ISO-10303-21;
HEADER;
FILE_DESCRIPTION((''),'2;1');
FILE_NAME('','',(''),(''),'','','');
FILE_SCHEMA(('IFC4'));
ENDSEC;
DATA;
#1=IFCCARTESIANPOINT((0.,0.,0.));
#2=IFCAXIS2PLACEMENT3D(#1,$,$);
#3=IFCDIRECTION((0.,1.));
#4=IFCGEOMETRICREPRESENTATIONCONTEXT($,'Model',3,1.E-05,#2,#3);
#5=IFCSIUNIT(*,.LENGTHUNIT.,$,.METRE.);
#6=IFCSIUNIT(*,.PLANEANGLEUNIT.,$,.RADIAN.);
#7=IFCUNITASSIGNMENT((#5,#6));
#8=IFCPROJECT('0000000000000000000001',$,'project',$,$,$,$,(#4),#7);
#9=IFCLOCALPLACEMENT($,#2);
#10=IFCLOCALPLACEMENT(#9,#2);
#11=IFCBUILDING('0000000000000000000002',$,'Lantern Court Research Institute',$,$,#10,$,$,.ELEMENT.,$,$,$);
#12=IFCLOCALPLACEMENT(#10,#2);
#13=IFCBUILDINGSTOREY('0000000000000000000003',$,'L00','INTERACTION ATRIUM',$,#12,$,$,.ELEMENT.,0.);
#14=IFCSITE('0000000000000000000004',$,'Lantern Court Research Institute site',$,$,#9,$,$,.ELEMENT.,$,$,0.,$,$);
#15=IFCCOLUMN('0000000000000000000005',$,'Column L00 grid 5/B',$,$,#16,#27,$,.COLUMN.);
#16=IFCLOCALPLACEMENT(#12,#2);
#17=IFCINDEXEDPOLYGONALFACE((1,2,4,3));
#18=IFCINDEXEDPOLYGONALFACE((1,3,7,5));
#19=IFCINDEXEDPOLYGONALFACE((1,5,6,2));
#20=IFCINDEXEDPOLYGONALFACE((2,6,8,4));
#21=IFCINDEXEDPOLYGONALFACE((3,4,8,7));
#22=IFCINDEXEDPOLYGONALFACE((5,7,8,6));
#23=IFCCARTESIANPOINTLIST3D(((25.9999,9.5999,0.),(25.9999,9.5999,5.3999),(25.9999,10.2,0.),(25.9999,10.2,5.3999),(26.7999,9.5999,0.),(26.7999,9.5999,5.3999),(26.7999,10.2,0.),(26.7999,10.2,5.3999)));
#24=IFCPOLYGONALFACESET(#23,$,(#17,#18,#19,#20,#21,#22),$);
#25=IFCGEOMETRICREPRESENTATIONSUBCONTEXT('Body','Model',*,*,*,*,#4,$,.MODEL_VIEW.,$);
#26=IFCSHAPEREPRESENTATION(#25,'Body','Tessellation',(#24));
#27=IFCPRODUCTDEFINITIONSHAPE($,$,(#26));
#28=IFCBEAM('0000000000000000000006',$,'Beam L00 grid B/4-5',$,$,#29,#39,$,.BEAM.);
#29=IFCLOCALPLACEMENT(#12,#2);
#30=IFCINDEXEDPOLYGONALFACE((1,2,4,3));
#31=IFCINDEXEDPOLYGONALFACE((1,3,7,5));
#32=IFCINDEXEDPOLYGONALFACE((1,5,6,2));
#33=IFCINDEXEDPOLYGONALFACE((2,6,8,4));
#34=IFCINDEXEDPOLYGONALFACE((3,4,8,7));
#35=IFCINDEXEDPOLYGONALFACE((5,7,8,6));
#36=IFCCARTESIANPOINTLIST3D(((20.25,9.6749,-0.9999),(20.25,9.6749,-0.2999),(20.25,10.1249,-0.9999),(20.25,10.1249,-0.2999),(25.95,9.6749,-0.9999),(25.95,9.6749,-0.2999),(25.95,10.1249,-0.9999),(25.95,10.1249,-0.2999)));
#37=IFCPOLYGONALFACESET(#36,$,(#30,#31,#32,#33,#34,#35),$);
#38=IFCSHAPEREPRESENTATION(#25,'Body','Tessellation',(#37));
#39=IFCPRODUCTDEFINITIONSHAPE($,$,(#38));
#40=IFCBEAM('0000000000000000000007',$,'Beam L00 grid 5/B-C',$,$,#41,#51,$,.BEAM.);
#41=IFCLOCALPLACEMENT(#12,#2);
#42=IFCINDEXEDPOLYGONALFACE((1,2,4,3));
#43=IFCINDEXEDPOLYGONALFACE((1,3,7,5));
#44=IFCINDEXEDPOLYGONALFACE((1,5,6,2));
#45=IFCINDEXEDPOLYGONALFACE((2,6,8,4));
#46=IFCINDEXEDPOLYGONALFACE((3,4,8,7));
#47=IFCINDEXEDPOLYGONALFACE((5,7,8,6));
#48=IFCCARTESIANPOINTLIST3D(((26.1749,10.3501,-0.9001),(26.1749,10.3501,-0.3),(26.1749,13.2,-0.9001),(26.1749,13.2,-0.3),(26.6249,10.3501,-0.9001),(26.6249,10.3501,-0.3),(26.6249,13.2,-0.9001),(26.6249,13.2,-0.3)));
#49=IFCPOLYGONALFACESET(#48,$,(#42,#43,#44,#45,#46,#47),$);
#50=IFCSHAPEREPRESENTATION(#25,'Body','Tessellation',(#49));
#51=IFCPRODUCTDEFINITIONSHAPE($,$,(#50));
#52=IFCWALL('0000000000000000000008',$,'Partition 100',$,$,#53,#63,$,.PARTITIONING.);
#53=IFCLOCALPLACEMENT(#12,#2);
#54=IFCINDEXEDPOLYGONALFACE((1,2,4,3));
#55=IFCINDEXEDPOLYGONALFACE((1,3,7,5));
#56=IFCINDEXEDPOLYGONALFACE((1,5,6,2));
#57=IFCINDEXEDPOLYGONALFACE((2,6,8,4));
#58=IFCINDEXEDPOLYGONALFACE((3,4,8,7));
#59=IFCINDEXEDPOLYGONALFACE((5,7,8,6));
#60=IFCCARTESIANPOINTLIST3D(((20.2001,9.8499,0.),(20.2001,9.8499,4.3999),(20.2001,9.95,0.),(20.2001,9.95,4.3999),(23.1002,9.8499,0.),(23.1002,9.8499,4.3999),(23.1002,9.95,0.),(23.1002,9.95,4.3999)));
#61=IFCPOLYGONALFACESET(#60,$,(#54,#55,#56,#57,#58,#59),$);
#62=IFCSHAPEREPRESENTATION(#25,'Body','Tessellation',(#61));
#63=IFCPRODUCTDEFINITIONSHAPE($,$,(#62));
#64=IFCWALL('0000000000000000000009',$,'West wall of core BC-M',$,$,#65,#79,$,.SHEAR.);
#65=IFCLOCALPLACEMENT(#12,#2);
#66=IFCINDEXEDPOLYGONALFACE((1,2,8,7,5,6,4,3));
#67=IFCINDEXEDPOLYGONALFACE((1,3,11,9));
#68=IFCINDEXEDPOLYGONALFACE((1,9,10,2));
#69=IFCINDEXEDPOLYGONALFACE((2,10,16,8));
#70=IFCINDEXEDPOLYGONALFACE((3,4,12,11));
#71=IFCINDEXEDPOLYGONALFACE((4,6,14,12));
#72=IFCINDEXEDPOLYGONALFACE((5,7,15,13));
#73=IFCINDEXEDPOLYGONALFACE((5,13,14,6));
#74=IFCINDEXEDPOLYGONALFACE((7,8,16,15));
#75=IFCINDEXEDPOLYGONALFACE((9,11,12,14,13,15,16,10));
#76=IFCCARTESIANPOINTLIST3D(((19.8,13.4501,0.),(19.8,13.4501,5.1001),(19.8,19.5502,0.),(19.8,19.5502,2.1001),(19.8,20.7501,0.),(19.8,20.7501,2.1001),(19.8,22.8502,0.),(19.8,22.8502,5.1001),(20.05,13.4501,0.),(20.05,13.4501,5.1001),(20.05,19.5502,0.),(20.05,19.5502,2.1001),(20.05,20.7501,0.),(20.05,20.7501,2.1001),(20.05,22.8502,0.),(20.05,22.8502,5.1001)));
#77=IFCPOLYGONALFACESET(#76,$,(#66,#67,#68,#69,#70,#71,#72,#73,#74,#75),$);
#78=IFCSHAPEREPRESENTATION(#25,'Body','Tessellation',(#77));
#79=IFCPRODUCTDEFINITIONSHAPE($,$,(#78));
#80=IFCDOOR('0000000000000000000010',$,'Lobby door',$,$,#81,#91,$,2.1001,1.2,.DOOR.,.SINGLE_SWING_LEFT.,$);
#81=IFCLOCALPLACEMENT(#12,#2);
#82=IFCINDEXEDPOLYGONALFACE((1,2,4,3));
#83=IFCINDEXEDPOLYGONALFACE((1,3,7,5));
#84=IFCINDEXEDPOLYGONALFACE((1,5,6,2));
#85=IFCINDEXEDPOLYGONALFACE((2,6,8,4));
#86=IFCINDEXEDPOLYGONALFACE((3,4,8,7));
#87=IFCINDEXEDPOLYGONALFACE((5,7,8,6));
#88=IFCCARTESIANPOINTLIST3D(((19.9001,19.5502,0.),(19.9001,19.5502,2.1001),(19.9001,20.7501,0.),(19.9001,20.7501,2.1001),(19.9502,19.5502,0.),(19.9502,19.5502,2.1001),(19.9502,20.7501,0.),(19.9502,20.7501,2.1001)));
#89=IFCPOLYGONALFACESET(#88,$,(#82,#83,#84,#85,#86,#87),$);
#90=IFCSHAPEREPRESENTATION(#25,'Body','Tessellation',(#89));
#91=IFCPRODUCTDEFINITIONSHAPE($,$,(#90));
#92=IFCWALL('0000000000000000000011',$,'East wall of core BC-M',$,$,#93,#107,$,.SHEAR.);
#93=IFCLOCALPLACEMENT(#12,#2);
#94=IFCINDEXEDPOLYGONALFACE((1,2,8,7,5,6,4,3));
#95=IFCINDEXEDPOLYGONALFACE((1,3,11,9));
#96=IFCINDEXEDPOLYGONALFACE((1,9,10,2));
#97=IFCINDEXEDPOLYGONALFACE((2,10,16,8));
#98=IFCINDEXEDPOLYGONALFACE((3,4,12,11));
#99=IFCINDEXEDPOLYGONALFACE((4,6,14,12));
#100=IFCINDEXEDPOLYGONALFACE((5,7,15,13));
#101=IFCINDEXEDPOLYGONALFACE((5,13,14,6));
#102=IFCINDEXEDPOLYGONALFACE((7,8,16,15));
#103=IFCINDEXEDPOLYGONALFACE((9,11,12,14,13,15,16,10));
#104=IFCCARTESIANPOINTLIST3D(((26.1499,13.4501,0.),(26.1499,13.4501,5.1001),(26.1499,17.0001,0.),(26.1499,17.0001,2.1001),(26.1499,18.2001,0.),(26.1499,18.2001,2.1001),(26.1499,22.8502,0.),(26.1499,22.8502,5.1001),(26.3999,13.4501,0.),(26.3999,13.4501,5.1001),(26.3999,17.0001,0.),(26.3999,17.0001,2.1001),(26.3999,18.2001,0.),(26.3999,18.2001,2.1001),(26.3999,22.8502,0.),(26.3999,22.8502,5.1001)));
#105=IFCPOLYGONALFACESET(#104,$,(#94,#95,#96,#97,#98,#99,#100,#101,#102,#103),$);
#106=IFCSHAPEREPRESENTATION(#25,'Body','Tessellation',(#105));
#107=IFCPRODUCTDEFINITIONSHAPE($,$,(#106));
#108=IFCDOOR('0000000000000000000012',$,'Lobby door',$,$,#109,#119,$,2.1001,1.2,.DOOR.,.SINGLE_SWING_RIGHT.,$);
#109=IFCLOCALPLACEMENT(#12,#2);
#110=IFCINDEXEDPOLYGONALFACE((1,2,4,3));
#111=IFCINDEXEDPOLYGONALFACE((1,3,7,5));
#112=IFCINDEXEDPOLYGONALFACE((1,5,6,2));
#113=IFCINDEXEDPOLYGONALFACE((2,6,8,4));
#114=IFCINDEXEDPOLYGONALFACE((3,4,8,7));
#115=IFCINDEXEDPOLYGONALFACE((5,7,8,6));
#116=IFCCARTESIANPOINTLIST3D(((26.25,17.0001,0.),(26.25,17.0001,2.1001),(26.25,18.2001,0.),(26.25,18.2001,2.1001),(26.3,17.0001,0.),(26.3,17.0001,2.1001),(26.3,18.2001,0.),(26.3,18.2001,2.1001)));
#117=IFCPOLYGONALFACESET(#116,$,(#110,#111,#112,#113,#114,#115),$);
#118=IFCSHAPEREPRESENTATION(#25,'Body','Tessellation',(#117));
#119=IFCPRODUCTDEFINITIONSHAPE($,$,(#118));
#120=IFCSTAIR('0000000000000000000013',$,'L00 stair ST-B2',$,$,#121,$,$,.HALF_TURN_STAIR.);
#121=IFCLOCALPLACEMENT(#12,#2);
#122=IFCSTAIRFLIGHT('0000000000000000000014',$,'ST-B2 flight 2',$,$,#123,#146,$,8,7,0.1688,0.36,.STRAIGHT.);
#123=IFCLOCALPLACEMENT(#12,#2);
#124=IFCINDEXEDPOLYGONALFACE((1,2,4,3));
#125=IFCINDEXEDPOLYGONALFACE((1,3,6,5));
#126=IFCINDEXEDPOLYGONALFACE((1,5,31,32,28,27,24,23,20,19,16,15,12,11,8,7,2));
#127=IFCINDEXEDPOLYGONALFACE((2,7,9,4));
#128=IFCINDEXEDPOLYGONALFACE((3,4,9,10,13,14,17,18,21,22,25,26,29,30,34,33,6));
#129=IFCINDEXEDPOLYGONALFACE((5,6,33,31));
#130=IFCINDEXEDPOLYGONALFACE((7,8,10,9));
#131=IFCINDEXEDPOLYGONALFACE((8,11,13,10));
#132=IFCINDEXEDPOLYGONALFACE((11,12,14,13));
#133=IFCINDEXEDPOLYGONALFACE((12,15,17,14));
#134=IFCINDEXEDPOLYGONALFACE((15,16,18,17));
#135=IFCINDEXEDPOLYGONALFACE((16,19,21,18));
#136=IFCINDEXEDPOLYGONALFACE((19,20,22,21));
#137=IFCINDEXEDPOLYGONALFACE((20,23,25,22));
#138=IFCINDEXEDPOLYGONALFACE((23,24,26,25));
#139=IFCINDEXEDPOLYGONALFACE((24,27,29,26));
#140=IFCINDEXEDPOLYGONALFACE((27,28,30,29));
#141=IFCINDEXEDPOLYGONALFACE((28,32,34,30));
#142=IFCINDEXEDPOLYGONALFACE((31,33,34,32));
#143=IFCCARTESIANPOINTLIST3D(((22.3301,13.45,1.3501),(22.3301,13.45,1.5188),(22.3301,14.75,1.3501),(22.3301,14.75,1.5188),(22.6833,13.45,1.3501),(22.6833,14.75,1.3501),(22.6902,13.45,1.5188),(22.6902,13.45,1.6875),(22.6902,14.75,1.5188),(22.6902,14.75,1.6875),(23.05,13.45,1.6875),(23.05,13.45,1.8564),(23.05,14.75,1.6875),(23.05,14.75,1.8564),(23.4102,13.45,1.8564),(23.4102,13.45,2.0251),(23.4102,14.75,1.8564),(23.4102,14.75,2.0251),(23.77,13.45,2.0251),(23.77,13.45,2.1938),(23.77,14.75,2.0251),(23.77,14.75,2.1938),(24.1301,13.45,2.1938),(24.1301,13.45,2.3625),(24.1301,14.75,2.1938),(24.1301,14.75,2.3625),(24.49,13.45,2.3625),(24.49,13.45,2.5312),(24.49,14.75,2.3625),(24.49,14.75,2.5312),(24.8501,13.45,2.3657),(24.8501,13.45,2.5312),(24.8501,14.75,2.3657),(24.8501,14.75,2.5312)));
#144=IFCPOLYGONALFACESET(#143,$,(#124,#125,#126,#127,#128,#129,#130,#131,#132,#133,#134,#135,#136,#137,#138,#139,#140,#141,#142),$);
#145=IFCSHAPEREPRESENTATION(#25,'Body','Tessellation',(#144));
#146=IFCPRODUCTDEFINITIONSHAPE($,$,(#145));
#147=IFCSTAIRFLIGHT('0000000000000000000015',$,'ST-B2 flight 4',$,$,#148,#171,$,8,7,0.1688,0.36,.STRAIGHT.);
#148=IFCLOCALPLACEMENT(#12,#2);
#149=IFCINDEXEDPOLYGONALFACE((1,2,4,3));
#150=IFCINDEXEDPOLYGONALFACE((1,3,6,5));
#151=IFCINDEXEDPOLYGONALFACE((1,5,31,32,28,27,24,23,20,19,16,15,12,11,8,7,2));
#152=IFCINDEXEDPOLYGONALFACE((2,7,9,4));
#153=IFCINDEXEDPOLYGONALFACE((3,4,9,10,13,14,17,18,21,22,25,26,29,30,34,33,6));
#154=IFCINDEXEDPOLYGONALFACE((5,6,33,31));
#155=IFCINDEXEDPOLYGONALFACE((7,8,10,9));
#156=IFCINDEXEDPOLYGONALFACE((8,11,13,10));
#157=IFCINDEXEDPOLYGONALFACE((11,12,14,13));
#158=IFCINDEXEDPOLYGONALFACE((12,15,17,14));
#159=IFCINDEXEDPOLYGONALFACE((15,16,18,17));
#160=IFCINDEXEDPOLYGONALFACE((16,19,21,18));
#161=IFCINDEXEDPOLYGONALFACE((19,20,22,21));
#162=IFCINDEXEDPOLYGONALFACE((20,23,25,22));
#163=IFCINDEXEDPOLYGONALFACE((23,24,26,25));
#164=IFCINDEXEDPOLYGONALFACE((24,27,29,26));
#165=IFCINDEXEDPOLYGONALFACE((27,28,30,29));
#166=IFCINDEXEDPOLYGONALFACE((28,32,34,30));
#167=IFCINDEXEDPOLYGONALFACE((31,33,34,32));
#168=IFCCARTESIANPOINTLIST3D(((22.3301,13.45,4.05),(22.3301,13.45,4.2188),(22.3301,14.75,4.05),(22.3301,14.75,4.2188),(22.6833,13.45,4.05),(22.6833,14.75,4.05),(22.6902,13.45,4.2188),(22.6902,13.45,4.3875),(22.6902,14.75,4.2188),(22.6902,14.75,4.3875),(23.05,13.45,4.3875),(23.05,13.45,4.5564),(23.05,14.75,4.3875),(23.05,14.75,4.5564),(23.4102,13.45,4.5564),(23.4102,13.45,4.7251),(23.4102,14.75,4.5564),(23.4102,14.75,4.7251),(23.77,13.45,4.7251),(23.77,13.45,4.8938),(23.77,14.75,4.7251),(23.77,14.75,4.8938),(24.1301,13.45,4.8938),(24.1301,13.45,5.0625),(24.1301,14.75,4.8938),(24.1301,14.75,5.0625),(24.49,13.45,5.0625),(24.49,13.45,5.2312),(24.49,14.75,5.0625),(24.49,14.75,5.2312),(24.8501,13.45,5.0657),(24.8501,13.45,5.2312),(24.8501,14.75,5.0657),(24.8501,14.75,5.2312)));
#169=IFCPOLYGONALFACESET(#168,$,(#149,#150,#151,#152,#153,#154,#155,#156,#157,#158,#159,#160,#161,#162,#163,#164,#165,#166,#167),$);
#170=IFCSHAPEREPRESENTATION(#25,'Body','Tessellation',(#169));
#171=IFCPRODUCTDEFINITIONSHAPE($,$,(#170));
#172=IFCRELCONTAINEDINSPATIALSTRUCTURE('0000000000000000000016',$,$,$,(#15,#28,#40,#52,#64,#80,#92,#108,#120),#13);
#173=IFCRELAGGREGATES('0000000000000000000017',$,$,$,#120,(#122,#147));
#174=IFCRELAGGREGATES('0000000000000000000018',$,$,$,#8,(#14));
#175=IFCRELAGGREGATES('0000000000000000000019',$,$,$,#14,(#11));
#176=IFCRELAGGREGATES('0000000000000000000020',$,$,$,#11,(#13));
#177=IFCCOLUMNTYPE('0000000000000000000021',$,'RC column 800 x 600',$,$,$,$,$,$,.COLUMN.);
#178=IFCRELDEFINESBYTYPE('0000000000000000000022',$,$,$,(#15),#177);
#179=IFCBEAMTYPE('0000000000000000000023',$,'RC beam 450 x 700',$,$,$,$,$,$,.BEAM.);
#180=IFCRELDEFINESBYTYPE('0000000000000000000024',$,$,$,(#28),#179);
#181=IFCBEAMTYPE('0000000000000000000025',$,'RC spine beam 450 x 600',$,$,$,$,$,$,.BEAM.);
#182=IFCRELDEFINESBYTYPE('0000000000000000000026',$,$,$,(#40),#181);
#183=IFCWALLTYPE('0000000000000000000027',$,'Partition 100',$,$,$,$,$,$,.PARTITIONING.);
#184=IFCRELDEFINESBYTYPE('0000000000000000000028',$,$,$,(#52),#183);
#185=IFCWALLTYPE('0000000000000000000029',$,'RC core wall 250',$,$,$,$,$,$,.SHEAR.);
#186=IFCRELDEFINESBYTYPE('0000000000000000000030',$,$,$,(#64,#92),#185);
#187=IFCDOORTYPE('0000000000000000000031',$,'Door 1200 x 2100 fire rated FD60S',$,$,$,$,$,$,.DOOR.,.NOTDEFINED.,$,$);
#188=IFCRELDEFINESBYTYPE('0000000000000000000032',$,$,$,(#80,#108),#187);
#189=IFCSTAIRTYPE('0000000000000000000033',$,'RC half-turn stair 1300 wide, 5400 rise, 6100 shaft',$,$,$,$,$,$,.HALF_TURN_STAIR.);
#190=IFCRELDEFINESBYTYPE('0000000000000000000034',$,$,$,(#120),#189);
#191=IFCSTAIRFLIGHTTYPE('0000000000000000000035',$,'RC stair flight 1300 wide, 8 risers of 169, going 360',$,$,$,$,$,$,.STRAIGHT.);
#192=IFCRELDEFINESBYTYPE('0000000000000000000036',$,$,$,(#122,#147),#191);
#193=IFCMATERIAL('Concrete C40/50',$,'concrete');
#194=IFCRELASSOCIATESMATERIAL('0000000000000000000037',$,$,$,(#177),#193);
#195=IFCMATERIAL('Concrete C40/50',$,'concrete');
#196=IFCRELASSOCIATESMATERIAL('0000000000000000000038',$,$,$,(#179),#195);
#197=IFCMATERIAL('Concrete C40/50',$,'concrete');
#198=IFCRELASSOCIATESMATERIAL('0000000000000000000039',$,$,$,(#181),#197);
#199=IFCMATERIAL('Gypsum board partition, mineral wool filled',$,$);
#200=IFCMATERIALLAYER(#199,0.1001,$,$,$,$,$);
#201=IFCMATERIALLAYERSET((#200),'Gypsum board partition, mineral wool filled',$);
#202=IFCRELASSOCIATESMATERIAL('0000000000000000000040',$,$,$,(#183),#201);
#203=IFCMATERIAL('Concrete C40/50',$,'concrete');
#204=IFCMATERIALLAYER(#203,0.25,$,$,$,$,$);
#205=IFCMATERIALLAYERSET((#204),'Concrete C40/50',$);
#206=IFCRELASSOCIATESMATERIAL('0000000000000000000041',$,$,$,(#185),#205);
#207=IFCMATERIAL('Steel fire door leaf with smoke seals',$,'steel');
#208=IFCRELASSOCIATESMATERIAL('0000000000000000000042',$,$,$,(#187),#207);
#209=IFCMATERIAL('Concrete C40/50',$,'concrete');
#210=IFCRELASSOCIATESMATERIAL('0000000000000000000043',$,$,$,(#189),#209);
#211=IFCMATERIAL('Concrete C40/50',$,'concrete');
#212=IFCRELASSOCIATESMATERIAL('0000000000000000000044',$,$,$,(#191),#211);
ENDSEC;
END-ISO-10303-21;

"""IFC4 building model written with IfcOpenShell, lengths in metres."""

from ifc_helpers import new_model, si_unit, direction, frame, frame_2d, origin, origin_2d, place, context, subcontext, project, spatial, polyline, rectangle, outline, extrude, material, layer, layer_set, material_profile, profile_set, type_object, element, fill, aggregate, save


model = new_model("IFC4")

# Units and contexts
model_context = context("Model", 3, precision=1e-05, world=origin(), true_north=direction((0.0, 1.0)))
body_context = subcontext(model_context, "Body", "Model", "MODEL_VIEW")
ifc_project = project(units=[si_unit("LENGTHUNIT", "METRE"), si_unit("PLANEANGLEUNIT", "RADIAN")], contexts=[model_context])

# Site, building, storey
site_placement = place(None, origin())
site = spatial("IfcSite", under=ifc_project, at=site_placement, Name="Lantern Court Research Institute site", CompositionType="ELEMENT", RefElevation=0.0)
building_placement = place(site_placement, origin())
building = spatial("IfcBuilding", under=site, at=building_placement, Name="Lantern Court Research Institute", CompositionType="ELEMENT")
storey_placement = place(building_placement, origin())
storey = spatial("IfcBuildingStorey", under=building, at=storey_placement, Name="L00", Description="INTERACTION ATRIUM", CompositionType="ELEMENT", Elevation=0.0)

# Column
ifc_material_1 = material(Name="Concrete C40/50", Category="concrete")
ifc_material_profile_1 = material_profile(ifc_material_1, rectangle(XDim=0.8, YDim=0.6001, at=origin_2d()), Name="RC column 800 x 600")
ifc_profile_set_1 = profile_set([ifc_material_profile_1], Name="Concrete C40/50")
column_type = type_object("IfcColumnType", Name="RC column 800 x 600", PredefinedType="COLUMN", material=ifc_profile_set_1)
column_placement = place(storey_placement, frame((26.3999, 9.8999, 0.0), z_axis=(0.0, 0.0, 1.0), x_axis=(1.0, 0.0, 0.0)))
element("IfcColumn", 1, at=column_placement, inside=storey, type_object=column_type, Name="Column L00 grid 5/B", PredefinedType="COLUMN", context=body_context, shape_type="SweptSolid", body=[
    extrude(rectangle(XDim=0.8, YDim=0.6001, at=origin_2d()), origin(), (0.0, 0.0, 1.0), 5.3999),
])

# Beams
ifc_material_2 = material(Name="Concrete C40/50", Category="concrete")
ifc_material_profile_2 = material_profile(ifc_material_2, rectangle(XDim=0.45, YDim=0.7, at=origin_2d()), Name="RC beam 450 x 700")
ifc_profile_set_2 = profile_set([ifc_material_profile_2], Name="Concrete C40/50")
beam_type_1 = type_object("IfcBeamType", Name="RC beam 450 x 700", PredefinedType="BEAM", material=ifc_profile_set_2)
beam_1_placement = place(storey_placement, frame((20.25, 9.8999, -0.6499), z_axis=(1.0, 0.0, 0.0), x_axis=(0.0, 1.0, 0.0)))
element("IfcBeam", 2, at=beam_1_placement, inside=storey, type_object=beam_type_1, Name="Beam L00 grid B/4-5", PredefinedType="BEAM", context=body_context, shape_type="SweptSolid", body=[
    extrude(rectangle(XDim=0.45, YDim=0.7, at=origin_2d()), origin(), (0.0, 0.0, 1.0), 5.7),
])
ifc_material_3 = material(Name="Concrete C40/50", Category="concrete")
ifc_material_profile_3 = material_profile(ifc_material_3, rectangle(XDim=0.45, YDim=0.6001, at=origin_2d()), Name="RC beam 450 x 600")
ifc_profile_set_3 = profile_set([ifc_material_profile_3], Name="Concrete C40/50")
beam_type_2 = type_object("IfcBeamType", Name="RC spine beam 450 x 600", PredefinedType="BEAM", material=ifc_profile_set_3)
beam_2_placement = place(storey_placement, frame((26.3999, 10.3501, -0.6001), z_axis=(0.0, 1.0, 0.0), x_axis=(-1.0, 0.0, 0.0)))
element("IfcBeam", 3, at=beam_2_placement, inside=storey, type_object=beam_type_2, Name="Beam L00 grid 5/B-C", PredefinedType="BEAM", context=body_context, shape_type="SweptSolid", body=[
    extrude(rectangle(XDim=0.45, YDim=0.6001, at=origin_2d()), origin(), (0.0, 0.0, 1.0), 2.8499),
])

# Wall
ifc_material_4 = material(Name="Gypsum board partition, mineral wool filled")
ifc_layer_1 = layer(ifc_material_4, 0.1001)
ifc_layer_set_1 = layer_set([ifc_layer_1], Name="Gypsum board partition, mineral wool filled")
wall_type_1 = type_object("IfcWallType", Name="Partition 100", PredefinedType="PARTITIONING", material=ifc_layer_set_1)
wall_1_placement = place(storey_placement, frame((20.2, 9.8999, 0.0), z_axis=(0.0, 0.0, 1.0), x_axis=(1.0, 0.0, 0.0)))
element("IfcWall", 4, at=wall_1_placement, inside=storey, type_object=wall_type_1, Name="Partition 100", PredefinedType="PARTITIONING", context=body_context, shape_type="SweptSolid", body=[
    extrude(rectangle(XDim=2.9001, YDim=0.1001, at=frame_2d((1.4502, 0.0))), origin(), (0.0, 0.0, 1.0), 4.3999),
])

# Walls, openings, doors
ifc_material_5 = material(Name="Concrete C40/50", Category="concrete")
ifc_layer_2 = layer(ifc_material_5, 0.25)
ifc_layer_set_2 = layer_set([ifc_layer_2], Name="Concrete C40/50")
wall_type_2 = type_object("IfcWallType", Name="RC core wall 250", PredefinedType="SHEAR", material=ifc_layer_set_2)
wall_2_placement = place(storey_placement, frame((19.925, 13.45, 0.0), z_axis=(0.0, 0.0, 1.0), x_axis=(0.0, 1.0, 0.0)))
wall_2 = element("IfcWall", 5, at=wall_2_placement, inside=storey, type_object=wall_type_2, Name="West wall of core BC-M", PredefinedType="SHEAR", context=body_context, shape_type="SweptSolid", body=[
    extrude(rectangle(XDim=9.4001, YDim=0.25, at=frame_2d((4.7002, 0.0))), origin(), (0.0, 0.0, 1.0), 5.1001),
])
opening_1_placement = place(wall_2_placement, frame((6.1001, 0.0, 0.0)))
opening_1 = element("IfcOpeningElement", 6, at=opening_1_placement, cuts=wall_2, PredefinedType="OPENING", context=body_context, shape_type="SweptSolid", body=[
    extrude(rectangle(XDim=1.2, YDim=2.1001, at=frame_2d((0.6001, 1.05))), frame((0.0, 0.135, 0.0), z_axis=(0.0, -1.0, 0.0), x_axis=(1.0, 0.0, 0.0)), (0.0, 0.0, 1.0), 0.27),
])
ifc_material_6 = material(Name="Steel fire door leaf with smoke seals", Category="steel")
door_type = type_object("IfcDoorType", Name="Door 1200 x 2100 fire rated FD60S", OperationType="NOTDEFINED", PredefinedType="DOOR", material=ifc_material_6)
door_1_placement = place(opening_1_placement, origin())
door_1 = element("IfcDoor", 7, at=door_1_placement, inside=storey, type_object=door_type, Name="Lobby door", OperationType="SINGLE_SWING_LEFT", OverallHeight=2.1001, OverallWidth=1.2, PredefinedType="DOOR", context=body_context, shape_type="SweptSolid", body=[
    extrude(rectangle(XDim=1.2, YDim=2.1001, at=frame_2d((0.6001, 1.05))), frame((0.0, 0.0249, 0.0), z_axis=(0.0, -1.0, 0.0), x_axis=(1.0, 0.0, 0.0)), (0.0, 0.0, 1.0), 0.05),
])
fill(opening_1, door_1)
wall_3_placement = place(storey_placement, frame((26.2749, 13.45, 0.0), z_axis=(0.0, 0.0, 1.0), x_axis=(0.0, 1.0, 0.0)))
wall_3 = element("IfcWall", 8, at=wall_3_placement, inside=storey, type_object=wall_type_2, Name="East wall of core BC-M", PredefinedType="SHEAR", context=body_context, shape_type="SweptSolid", body=[
    extrude(rectangle(XDim=9.4001, YDim=0.25, at=frame_2d((4.7002, 0.0))), origin(), (0.0, 0.0, 1.0), 5.1001),
])
opening_2_placement = place(wall_3_placement, frame((3.55, 0.0, 0.0)))
opening_2 = element("IfcOpeningElement", 9, at=opening_2_placement, cuts=wall_3, PredefinedType="OPENING", context=body_context, shape_type="SweptSolid", body=[
    extrude(rectangle(XDim=1.2, YDim=2.1001, at=frame_2d((0.6001, 1.05))), frame((0.0, 0.135, 0.0), z_axis=(0.0, -1.0, 0.0), x_axis=(1.0, 0.0, 0.0)), (0.0, 0.0, 1.0), 0.27),
])
door_2_placement = place(opening_2_placement, origin())
door_2 = element("IfcDoor", 10, at=door_2_placement, inside=storey, type_object=door_type, Name="Lobby door", OperationType="SINGLE_SWING_RIGHT", OverallHeight=2.1001, OverallWidth=1.2, PredefinedType="DOOR", context=body_context, shape_type="SweptSolid", body=[
    extrude(rectangle(XDim=1.2, YDim=2.1001, at=frame_2d((0.6001, 1.05))), frame((0.0, 0.0249, 0.0), z_axis=(0.0, -1.0, 0.0), x_axis=(1.0, 0.0, 0.0)), (0.0, 0.0, 1.0), 0.05),
])
fill(opening_2, door_2)

# Stair, stair flights
ifc_material_7 = material(Name="Concrete C40/50", Category="concrete")
stair_type = type_object("IfcStairType", Name="RC half-turn stair 1300 wide, 5400 rise, 6100 shaft", PredefinedType="HALF_TURN_STAIR", material=ifc_material_7)
stair_placement = place(storey_placement, origin())
stair = element("IfcStair", 11, at=stair_placement, inside=storey, type_object=stair_type, Name="L00 stair ST-B2", PredefinedType="HALF_TURN_STAIR")
ifc_material_8 = material(Name="Concrete C40/50", Category="concrete")
stair_flight_type = type_object("IfcStairFlightType", Name="RC stair flight 1300 wide, 8 risers of 169, going 360", PredefinedType="STRAIGHT", material=ifc_material_8)
stair_flight_1_placement = place(storey_placement, frame((22.3301, 14.1001, 1.3501), z_axis=(0.0, 0.0, 1.0), x_axis=(1.0, 0.0, 0.0)))
stair_flight_1 = element("IfcStairFlight", 12, at=stair_flight_1_placement, type_object=stair_flight_type, Name="ST-B2 flight 2", NumberOfRisers=8, NumberOfTreads=7, PredefinedType="STRAIGHT", RiserHeight=0.1688, TreadLength=0.36, context=body_context, shape_type="SweptSolid", body=[
    extrude(outline(polyline([(0.0, 0.0), (0.0, 0.1687), (0.3601, 0.1687), (0.3601, 0.3374), (0.72, 0.3374), (0.72, 0.5063), (1.0801, 0.5063), (1.0801, 0.675), (1.4399, 0.675), (1.4399, 0.8438), (1.8, 0.8438), (1.8, 1.0125), (2.1599, 1.0125), (2.1599, 1.1812), (2.52, 1.1812), (2.52, 1.3501), (2.52, 1.0156), (0.3533, 0.0), (0.0, 0.0)])), frame((0.0, 0.6499, 0.0), z_axis=(0.0, -1.0, 0.0), x_axis=(1.0, 0.0, 0.0)), (0.0, 0.0, 1.0), 1.3),
])
stair_flight_2_placement = place(storey_placement, frame((22.3301, 14.1001, 4.05), z_axis=(0.0, 0.0, 1.0), x_axis=(1.0, 0.0, 0.0)))
stair_flight_2 = element("IfcStairFlight", 13, at=stair_flight_2_placement, type_object=stair_flight_type, Name="ST-B2 flight 4", NumberOfRisers=8, NumberOfTreads=7, PredefinedType="STRAIGHT", RiserHeight=0.1688, TreadLength=0.36, context=body_context, shape_type="SweptSolid", body=[
    extrude(outline(polyline([(0.0, 0.0), (0.0, 0.1687), (0.3601, 0.1687), (0.3601, 0.3374), (0.72, 0.3374), (0.72, 0.5063), (1.0801, 0.5063), (1.0801, 0.675), (1.4399, 0.675), (1.4399, 0.8438), (1.8, 0.8438), (1.8, 1.0125), (2.1599, 1.0125), (2.1599, 1.1812), (2.52, 1.1812), (2.52, 1.3501), (2.52, 1.0156), (0.3533, 0.0), (0.0, 0.0)])), frame((0.0, 0.6499, 0.0), z_axis=(0.0, -1.0, 0.0), x_axis=(1.0, 0.0, 0.0)), (0.0, 0.0, 1.0), 1.3),
])
aggregate(stair, [stair_flight_1, stair_flight_2])

save(model, "model.ifc")
